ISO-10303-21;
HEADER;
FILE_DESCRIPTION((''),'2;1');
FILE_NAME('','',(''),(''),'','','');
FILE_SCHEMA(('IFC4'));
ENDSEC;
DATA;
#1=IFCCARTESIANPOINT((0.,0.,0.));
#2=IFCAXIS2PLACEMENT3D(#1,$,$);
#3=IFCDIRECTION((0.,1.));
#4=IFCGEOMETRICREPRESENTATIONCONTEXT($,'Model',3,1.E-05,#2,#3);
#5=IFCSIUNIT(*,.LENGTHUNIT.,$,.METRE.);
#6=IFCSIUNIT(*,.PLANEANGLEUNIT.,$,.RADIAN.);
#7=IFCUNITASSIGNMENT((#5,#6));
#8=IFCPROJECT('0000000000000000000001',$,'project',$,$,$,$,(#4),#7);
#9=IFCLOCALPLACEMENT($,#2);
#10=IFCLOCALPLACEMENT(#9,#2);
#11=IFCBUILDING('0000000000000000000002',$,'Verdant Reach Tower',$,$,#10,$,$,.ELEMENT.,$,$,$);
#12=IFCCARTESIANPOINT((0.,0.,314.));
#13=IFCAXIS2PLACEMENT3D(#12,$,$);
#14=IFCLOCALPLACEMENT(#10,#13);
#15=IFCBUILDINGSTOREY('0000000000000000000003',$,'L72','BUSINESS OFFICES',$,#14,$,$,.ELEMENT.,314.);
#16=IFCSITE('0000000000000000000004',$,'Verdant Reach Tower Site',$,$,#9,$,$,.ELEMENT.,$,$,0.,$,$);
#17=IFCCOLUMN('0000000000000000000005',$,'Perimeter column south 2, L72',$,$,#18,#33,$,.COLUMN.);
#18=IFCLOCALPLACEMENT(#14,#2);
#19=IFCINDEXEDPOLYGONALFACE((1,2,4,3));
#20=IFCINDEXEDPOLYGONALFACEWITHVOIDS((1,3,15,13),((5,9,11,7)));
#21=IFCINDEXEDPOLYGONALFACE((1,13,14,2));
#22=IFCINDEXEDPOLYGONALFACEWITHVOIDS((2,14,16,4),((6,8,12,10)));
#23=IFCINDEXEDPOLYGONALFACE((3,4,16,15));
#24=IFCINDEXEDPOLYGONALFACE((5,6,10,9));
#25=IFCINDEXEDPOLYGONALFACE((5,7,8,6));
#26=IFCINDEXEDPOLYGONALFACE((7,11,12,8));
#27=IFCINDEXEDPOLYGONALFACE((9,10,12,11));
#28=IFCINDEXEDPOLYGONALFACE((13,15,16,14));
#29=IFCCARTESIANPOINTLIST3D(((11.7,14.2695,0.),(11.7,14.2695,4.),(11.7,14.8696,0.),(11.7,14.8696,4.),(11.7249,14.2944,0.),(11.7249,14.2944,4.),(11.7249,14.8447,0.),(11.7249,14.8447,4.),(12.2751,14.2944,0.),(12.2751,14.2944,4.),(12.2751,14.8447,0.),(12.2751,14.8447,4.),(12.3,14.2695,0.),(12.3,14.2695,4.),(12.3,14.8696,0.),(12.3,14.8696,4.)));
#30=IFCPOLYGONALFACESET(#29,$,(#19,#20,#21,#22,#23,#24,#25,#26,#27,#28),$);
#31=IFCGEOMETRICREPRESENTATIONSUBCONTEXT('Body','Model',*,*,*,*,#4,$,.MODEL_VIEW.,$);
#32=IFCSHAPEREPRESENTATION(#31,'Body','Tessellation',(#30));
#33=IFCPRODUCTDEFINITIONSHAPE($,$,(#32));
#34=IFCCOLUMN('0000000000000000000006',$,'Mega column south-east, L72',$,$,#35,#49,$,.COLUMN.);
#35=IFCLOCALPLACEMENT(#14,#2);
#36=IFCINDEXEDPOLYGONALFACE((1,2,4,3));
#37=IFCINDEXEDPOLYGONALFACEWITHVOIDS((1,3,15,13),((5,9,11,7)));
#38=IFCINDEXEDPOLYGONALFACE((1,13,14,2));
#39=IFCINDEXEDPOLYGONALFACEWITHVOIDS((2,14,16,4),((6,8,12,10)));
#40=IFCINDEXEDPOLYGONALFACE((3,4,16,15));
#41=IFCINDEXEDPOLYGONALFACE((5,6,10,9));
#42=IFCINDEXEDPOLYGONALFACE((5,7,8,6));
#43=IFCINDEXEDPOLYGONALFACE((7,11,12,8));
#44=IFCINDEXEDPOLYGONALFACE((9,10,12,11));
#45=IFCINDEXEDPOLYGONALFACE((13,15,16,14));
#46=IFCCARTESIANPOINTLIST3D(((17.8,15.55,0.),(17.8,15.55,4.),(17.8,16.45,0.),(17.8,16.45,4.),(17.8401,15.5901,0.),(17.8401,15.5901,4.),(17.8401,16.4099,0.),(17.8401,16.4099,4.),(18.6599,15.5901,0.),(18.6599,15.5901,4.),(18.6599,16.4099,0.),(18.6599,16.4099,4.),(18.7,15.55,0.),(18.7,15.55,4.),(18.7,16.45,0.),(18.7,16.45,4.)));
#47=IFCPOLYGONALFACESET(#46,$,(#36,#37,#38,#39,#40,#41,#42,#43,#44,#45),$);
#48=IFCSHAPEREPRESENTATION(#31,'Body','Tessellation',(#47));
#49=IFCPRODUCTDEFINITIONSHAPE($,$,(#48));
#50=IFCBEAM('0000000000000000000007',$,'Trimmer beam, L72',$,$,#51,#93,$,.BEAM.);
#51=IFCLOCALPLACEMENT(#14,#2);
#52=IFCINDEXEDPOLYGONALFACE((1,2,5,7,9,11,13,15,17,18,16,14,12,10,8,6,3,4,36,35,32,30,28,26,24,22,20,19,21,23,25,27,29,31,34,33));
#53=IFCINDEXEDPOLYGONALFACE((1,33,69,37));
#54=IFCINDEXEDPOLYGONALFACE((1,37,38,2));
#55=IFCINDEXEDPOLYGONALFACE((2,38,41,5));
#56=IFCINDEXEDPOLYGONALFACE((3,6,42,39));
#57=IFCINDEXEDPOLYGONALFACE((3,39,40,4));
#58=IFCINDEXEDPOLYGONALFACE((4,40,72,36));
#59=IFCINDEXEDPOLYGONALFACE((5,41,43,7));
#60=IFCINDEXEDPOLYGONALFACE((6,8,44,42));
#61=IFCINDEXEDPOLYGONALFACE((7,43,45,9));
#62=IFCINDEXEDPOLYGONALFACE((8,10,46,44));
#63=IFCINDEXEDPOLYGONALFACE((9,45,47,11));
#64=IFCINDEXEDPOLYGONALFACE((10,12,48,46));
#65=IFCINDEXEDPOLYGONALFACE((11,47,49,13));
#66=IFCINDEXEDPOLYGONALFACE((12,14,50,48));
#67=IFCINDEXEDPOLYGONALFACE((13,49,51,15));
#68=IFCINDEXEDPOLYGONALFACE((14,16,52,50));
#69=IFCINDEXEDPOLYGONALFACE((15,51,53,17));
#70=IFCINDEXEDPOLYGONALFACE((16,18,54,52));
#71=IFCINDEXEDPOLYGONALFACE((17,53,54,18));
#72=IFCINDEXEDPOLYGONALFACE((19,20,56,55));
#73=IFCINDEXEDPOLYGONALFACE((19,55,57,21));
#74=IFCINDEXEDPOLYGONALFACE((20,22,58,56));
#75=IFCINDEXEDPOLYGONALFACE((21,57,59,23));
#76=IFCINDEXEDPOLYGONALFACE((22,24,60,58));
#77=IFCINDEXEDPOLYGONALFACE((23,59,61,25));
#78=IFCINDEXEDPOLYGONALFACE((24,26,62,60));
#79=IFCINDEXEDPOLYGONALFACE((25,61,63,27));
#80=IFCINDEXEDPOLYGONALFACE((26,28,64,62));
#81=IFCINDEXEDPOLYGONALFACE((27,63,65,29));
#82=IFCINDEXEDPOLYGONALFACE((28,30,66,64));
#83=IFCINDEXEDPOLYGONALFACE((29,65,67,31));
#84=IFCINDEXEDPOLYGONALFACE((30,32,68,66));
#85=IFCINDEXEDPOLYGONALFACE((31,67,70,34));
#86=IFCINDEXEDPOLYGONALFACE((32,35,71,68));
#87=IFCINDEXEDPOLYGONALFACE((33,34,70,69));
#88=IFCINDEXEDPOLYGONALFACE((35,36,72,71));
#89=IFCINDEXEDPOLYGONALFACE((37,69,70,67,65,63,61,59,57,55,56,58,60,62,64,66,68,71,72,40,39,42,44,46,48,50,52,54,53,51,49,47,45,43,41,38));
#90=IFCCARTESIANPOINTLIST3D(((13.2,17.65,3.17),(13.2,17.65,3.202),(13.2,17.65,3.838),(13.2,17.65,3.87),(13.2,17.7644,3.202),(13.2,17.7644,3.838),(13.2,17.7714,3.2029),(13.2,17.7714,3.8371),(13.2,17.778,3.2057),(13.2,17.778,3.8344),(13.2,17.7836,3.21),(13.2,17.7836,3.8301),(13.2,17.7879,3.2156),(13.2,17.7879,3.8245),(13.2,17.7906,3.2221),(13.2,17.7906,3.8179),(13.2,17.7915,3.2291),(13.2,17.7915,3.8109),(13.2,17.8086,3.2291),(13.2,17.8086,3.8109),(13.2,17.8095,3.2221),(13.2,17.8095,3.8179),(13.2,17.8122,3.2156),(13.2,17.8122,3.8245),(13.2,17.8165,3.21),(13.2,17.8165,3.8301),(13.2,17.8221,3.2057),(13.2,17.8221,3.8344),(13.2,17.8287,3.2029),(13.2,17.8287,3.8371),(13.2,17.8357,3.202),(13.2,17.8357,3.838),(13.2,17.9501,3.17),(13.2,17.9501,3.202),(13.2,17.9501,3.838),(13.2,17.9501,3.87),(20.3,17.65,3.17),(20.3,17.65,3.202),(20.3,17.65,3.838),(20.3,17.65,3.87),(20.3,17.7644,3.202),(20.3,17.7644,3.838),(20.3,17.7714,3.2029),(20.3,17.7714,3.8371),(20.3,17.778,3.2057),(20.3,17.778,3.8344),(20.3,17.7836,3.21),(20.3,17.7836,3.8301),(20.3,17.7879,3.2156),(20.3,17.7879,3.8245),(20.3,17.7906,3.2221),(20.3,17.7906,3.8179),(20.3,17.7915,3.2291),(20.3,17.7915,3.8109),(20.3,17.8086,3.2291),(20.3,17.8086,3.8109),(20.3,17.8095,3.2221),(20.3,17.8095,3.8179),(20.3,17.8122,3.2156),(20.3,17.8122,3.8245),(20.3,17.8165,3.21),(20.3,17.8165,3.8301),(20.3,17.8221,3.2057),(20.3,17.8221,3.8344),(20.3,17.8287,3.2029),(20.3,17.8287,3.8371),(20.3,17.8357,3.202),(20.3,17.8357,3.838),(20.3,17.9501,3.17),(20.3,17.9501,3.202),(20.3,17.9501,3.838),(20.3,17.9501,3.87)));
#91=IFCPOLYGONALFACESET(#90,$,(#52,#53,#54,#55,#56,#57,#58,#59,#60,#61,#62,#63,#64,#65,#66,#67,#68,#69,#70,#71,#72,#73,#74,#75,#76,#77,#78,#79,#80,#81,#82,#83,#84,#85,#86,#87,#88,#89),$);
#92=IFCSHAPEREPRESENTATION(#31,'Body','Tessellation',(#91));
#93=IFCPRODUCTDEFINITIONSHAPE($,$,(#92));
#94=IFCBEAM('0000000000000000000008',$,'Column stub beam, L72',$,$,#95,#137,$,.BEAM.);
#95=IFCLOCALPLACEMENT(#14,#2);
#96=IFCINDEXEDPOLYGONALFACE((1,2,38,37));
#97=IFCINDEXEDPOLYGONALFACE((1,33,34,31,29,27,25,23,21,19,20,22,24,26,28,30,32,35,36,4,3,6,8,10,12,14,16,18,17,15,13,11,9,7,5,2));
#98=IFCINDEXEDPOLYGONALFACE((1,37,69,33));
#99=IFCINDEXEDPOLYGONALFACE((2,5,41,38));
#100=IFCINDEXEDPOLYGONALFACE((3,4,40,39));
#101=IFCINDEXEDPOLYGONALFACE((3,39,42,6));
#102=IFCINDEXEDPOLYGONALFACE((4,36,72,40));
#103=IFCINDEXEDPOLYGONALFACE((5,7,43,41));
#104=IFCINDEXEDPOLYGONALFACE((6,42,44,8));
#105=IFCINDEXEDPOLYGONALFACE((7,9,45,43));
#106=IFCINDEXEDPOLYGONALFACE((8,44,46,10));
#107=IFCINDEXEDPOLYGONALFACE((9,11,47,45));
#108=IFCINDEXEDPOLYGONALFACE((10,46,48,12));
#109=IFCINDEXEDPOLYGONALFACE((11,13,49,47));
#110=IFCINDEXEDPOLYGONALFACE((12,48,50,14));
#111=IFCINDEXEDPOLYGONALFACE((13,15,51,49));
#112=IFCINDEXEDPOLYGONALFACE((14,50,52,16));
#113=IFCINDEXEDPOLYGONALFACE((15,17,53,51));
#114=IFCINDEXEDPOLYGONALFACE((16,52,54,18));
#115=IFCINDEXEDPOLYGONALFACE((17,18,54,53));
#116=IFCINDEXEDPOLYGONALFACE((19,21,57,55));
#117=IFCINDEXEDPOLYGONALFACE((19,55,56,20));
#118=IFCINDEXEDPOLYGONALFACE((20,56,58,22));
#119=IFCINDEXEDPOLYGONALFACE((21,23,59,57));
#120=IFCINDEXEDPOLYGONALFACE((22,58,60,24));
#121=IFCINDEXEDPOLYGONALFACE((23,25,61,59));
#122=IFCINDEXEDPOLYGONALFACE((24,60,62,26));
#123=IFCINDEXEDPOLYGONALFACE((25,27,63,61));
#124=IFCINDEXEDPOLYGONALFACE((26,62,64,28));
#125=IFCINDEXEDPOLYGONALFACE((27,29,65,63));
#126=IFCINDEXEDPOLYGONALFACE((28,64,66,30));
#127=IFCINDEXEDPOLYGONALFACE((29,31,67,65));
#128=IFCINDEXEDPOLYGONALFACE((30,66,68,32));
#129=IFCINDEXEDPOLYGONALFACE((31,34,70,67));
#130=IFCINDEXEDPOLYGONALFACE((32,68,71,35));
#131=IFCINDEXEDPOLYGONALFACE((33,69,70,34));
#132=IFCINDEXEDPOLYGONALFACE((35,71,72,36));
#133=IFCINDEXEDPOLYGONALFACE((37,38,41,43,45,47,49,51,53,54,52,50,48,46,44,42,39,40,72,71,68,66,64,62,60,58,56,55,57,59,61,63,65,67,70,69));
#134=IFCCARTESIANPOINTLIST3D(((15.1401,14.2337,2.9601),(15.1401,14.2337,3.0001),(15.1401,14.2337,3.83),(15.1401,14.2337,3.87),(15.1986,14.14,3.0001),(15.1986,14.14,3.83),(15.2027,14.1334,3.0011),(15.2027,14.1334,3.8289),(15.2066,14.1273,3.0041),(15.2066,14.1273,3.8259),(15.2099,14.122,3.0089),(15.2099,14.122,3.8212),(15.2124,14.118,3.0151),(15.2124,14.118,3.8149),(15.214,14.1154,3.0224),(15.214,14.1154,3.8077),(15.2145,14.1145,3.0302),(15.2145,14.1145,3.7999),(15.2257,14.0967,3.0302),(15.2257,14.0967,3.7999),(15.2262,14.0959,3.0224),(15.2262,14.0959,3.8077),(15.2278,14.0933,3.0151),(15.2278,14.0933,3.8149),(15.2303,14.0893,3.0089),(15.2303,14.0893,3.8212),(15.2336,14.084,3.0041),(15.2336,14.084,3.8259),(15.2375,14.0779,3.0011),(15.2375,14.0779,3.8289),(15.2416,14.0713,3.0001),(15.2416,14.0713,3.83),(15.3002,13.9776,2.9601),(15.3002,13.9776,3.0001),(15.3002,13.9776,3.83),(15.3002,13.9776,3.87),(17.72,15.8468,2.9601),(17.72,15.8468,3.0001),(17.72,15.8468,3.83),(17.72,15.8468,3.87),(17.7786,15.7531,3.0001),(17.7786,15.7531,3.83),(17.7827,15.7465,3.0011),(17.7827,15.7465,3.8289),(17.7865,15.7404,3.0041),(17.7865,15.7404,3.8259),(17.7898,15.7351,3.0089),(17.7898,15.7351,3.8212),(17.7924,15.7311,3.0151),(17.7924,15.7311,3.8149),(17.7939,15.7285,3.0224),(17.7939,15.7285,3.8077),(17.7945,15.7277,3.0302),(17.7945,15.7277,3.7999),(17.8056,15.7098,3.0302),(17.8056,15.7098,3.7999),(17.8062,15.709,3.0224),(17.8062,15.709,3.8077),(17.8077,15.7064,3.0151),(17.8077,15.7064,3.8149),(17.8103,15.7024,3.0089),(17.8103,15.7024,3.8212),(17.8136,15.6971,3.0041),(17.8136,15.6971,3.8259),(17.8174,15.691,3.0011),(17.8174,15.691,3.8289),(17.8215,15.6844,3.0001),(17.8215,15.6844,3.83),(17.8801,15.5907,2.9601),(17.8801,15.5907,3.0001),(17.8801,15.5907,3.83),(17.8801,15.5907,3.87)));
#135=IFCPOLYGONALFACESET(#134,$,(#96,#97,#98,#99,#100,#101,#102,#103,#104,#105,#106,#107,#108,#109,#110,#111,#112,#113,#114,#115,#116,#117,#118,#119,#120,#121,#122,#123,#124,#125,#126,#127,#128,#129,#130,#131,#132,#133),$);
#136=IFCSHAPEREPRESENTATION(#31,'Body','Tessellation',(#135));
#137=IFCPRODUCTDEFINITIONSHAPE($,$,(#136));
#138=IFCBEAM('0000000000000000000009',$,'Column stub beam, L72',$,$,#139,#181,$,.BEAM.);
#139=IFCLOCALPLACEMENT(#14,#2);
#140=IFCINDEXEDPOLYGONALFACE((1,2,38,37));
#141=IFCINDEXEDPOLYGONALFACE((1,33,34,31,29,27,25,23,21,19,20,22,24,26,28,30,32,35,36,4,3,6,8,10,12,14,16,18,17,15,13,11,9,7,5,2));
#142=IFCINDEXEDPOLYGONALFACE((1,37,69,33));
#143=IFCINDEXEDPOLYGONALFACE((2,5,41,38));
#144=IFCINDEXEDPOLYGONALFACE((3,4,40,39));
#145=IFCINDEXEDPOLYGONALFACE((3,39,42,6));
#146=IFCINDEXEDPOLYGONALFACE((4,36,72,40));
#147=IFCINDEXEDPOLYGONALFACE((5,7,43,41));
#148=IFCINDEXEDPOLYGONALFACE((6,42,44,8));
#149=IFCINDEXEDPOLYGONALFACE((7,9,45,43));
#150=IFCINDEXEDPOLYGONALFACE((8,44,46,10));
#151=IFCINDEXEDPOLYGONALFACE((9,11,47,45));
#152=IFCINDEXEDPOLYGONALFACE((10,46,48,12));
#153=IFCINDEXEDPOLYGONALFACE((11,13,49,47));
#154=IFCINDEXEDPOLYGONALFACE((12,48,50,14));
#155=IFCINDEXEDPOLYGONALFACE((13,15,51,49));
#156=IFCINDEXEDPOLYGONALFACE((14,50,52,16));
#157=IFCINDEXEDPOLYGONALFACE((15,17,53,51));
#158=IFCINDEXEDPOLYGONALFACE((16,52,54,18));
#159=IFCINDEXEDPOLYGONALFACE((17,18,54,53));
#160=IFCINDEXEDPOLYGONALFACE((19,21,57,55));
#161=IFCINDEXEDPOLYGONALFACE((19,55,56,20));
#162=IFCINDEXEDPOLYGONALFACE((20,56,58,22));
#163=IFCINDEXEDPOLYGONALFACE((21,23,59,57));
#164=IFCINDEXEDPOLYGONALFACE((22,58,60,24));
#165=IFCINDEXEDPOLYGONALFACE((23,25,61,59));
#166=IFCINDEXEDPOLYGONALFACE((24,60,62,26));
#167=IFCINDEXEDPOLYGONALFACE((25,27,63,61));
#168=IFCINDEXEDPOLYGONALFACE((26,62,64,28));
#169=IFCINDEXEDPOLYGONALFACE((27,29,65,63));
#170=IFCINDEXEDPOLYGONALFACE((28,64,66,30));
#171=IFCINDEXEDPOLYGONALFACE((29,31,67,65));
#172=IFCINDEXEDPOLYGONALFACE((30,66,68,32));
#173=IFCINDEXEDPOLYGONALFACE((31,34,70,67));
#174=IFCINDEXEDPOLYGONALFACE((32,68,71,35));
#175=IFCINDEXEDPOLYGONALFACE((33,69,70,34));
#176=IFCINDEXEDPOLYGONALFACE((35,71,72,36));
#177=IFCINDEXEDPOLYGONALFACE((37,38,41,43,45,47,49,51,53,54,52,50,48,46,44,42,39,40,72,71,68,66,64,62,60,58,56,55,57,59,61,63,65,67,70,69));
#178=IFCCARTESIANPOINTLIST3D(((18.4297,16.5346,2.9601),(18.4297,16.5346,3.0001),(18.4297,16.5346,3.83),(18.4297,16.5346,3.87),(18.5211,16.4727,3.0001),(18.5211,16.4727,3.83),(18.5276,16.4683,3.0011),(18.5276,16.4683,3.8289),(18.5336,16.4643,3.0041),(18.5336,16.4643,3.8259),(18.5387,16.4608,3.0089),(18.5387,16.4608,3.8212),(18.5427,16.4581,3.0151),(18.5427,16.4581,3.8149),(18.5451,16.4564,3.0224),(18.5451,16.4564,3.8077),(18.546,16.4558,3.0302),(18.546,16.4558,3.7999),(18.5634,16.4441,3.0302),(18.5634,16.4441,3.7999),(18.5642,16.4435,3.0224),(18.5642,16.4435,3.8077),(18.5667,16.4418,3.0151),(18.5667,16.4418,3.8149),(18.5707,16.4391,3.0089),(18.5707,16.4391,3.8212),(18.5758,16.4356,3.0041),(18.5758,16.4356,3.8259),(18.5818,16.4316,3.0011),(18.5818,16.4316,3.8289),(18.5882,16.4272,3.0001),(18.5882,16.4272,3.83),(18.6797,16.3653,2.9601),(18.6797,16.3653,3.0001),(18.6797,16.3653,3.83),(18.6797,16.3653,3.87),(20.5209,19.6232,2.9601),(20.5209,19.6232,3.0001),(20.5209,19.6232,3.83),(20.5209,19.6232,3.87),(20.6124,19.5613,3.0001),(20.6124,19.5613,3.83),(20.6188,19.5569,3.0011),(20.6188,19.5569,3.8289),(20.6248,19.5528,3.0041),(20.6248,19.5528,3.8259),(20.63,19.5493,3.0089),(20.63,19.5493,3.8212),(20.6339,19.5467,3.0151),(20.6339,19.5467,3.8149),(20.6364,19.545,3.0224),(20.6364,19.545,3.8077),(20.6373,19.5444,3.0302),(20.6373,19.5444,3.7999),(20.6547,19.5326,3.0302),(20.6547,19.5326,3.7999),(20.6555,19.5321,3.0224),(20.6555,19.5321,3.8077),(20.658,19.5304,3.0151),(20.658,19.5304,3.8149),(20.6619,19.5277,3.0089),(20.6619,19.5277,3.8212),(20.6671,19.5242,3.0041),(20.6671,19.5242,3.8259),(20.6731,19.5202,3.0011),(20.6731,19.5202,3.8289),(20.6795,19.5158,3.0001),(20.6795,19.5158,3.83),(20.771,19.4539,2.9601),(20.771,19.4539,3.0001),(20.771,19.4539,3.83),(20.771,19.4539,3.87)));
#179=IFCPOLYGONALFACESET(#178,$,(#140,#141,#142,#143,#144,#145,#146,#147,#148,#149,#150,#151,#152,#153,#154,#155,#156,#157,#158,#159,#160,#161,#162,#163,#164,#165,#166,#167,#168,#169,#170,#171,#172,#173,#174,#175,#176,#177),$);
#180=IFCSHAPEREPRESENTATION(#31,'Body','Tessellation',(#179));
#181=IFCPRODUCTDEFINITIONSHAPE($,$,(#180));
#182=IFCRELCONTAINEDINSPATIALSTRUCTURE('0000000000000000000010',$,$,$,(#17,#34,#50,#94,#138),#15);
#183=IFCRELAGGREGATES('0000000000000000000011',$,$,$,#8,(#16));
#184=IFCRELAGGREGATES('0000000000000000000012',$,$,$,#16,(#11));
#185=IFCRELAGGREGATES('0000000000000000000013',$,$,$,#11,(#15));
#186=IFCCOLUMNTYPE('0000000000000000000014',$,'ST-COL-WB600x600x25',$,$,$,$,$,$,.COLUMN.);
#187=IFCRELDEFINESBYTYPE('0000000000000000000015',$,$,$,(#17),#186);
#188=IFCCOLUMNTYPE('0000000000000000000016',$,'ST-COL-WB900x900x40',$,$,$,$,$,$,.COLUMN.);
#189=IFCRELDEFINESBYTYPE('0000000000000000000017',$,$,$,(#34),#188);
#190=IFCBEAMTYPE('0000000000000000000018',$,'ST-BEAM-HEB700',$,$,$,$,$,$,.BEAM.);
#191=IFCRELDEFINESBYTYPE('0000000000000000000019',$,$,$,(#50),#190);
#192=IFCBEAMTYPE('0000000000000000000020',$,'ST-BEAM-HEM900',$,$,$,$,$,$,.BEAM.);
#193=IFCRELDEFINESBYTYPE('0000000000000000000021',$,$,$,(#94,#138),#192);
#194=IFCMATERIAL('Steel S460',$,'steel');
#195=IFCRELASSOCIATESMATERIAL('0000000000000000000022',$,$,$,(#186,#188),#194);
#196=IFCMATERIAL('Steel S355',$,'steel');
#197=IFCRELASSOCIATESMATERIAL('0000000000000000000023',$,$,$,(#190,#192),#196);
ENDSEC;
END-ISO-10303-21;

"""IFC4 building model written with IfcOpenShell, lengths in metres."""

from ifc_helpers import new_model, si_unit, direction, frame, origin, origin_2d, place, context, subcontext, project, spatial, hollow_rectangle, i_section, extrude, material, material_profile, profile_set, type_object, element, save


model = new_model("IFC4")

# Units and contexts
model_context = context("Model", 3, precision=1e-05, world=origin(), true_north=direction((0.0, 1.0)))
body_context = subcontext(model_context, "Body", "Model", "MODEL_VIEW")
ifc_project = project(units=[si_unit("LENGTHUNIT", "METRE"), si_unit("PLANEANGLEUNIT", "RADIAN")], contexts=[model_context])

# Site, building, storey
site_placement = place(None, origin())
site = spatial("IfcSite", under=ifc_project, at=site_placement, Name="Verdant Reach Tower Site", CompositionType="ELEMENT", RefElevation=0.0)
building_placement = place(site_placement, origin())
building = spatial("IfcBuilding", under=site, at=building_placement, Name="Verdant Reach Tower", CompositionType="ELEMENT")
storey_placement = place(building_placement, frame((0.0, 0.0, 314.0)))
storey = spatial("IfcBuildingStorey", under=building, at=storey_placement, Name="L72", Description="BUSINESS OFFICES", CompositionType="ELEMENT", Elevation=314.0)

# Columns
ifc_material_1 = material(Name="Steel S460", Category="steel")
ifc_material_profile_1 = material_profile(ifc_material_1, hollow_rectangle(XDim=0.6001, YDim=0.6001, WallThickness=0.0249, at=origin_2d()), Name="WB 600x600x25")
ifc_profile_set_1 = profile_set([ifc_material_profile_1], Name="Steel S460")
column_type_1 = type_object("IfcColumnType", Name="ST-COL-WB600x600x25", PredefinedType="COLUMN", material=ifc_profile_set_1)
column_1_placement = place(storey_placement, frame((12.0, 14.5696, 0.0), z_axis=(0.0, 0.0, 1.0), x_axis=(1.0, 0.0, 0.0)))
element("IfcColumn", 1, at=column_1_placement, inside=storey, type_object=column_type_1, Name="Perimeter column south 2, L72", PredefinedType="COLUMN", context=body_context, shape_type="SweptSolid", body=[
    extrude(hollow_rectangle(XDim=0.6001, YDim=0.6001, WallThickness=0.0249, at=origin_2d()), origin(), (0.0, 0.0, 1.0), 4.0),
])
ifc_material_profile_2 = material_profile(ifc_material_1, hollow_rectangle(XDim=0.8999, YDim=0.8999, WallThickness=0.04, at=origin_2d()), Name="WB 900x900x40")
ifc_profile_set_2 = profile_set([ifc_material_profile_2], Name="Steel S460")
column_type_2 = type_object("IfcColumnType", Name="ST-COL-WB900x900x40", PredefinedType="COLUMN", material=ifc_profile_set_2)
column_2_placement = place(storey_placement, frame((18.25, 16.0, 0.0), z_axis=(0.0, 0.0, 1.0), x_axis=(1.0, 0.0, 0.0)))
element("IfcColumn", 2, at=column_2_placement, inside=storey, type_object=column_type_2, Name="Mega column south-east, L72", PredefinedType="COLUMN", context=body_context, shape_type="SweptSolid", body=[
    extrude(hollow_rectangle(XDim=0.8999, YDim=0.8999, WallThickness=0.04, at=origin_2d()), origin(), (0.0, 0.0, 1.0), 4.0),
])

# Beams
ifc_material_2 = material(Name="Steel S355", Category="steel")
ifc_material_profile_3 = material_profile(ifc_material_2, i_section(OverallWidth=0.3, OverallDepth=0.7, WebThickness=0.0171, FlangeThickness=0.032, FilletRadius=0.0271, at=origin_2d()), Name="HEB 700")
ifc_profile_set_3 = profile_set([ifc_material_profile_3], Name="Steel S355")
beam_type_1 = type_object("IfcBeamType", Name="ST-BEAM-HEB700", PredefinedType="BEAM", material=ifc_profile_set_3)
beam_1_placement = place(storey_placement, frame((13.2, 17.8, 3.52), z_axis=(1.0, 0.0, 0.0), x_axis=(0.0, 1.0, 0.0)))
element("IfcBeam", 3, at=beam_1_placement, inside=storey, type_object=beam_type_1, Name="Trimmer beam, L72", PredefinedType="BEAM", context=body_context, shape_type="SweptSolid", body=[
    extrude(i_section(OverallWidth=0.3, OverallDepth=0.7, WebThickness=0.0171, FlangeThickness=0.032, FilletRadius=0.0271, at=origin_2d()), origin(), (0.0, 0.0, 1.0), 7.1001),
])
ifc_material_profile_4 = material_profile(ifc_material_2, i_section(OverallWidth=0.302, OverallDepth=0.9099, WebThickness=0.021, FlangeThickness=0.04, FilletRadius=0.03, at=origin_2d()), Name="HEM 900")
ifc_profile_set_4 = profile_set([ifc_material_profile_4], Name="Steel S355")
beam_type_2 = type_object("IfcBeamType", Name="ST-BEAM-HEM900", PredefinedType="BEAM", material=ifc_profile_set_4)
beam_2_placement = place(storey_placement, frame((17.8, 15.7188, 3.415), z_axis=(-0.847904, -0.53015, 0.0), x_axis=(0.53015, -0.847904, 0.0)))
element("IfcBeam", 4, at=beam_2_placement, inside=storey, type_object=beam_type_2, Name="Column stub beam, L72", PredefinedType="BEAM", context=body_context, shape_type="SweptSolid", body=[
    extrude(i_section(OverallWidth=0.302, OverallDepth=0.9099, WebThickness=0.021, FlangeThickness=0.04, FilletRadius=0.03, at=origin_2d()), origin(), (0.0, 0.0, 1.0), 3.0427),
])
beam_3_placement = place(storey_placement, frame((18.5547, 16.45, 3.415), z_axis=(0.560667, 0.828041, 0.0), x_axis=(-0.828041, 0.560667, 0.0)))
element("IfcBeam", 5, at=beam_3_placement, inside=storey, type_object=beam_type_2, Name="Column stub beam, L72", PredefinedType="BEAM", context=body_context, shape_type="SweptSolid", body=[
    extrude(i_section(OverallWidth=0.302, OverallDepth=0.9099, WebThickness=0.021, FlangeThickness=0.04, FilletRadius=0.03, at=origin_2d()), origin(), (0.0, 0.0, 1.0), 3.73),
])

save(model, "model.ifc")
